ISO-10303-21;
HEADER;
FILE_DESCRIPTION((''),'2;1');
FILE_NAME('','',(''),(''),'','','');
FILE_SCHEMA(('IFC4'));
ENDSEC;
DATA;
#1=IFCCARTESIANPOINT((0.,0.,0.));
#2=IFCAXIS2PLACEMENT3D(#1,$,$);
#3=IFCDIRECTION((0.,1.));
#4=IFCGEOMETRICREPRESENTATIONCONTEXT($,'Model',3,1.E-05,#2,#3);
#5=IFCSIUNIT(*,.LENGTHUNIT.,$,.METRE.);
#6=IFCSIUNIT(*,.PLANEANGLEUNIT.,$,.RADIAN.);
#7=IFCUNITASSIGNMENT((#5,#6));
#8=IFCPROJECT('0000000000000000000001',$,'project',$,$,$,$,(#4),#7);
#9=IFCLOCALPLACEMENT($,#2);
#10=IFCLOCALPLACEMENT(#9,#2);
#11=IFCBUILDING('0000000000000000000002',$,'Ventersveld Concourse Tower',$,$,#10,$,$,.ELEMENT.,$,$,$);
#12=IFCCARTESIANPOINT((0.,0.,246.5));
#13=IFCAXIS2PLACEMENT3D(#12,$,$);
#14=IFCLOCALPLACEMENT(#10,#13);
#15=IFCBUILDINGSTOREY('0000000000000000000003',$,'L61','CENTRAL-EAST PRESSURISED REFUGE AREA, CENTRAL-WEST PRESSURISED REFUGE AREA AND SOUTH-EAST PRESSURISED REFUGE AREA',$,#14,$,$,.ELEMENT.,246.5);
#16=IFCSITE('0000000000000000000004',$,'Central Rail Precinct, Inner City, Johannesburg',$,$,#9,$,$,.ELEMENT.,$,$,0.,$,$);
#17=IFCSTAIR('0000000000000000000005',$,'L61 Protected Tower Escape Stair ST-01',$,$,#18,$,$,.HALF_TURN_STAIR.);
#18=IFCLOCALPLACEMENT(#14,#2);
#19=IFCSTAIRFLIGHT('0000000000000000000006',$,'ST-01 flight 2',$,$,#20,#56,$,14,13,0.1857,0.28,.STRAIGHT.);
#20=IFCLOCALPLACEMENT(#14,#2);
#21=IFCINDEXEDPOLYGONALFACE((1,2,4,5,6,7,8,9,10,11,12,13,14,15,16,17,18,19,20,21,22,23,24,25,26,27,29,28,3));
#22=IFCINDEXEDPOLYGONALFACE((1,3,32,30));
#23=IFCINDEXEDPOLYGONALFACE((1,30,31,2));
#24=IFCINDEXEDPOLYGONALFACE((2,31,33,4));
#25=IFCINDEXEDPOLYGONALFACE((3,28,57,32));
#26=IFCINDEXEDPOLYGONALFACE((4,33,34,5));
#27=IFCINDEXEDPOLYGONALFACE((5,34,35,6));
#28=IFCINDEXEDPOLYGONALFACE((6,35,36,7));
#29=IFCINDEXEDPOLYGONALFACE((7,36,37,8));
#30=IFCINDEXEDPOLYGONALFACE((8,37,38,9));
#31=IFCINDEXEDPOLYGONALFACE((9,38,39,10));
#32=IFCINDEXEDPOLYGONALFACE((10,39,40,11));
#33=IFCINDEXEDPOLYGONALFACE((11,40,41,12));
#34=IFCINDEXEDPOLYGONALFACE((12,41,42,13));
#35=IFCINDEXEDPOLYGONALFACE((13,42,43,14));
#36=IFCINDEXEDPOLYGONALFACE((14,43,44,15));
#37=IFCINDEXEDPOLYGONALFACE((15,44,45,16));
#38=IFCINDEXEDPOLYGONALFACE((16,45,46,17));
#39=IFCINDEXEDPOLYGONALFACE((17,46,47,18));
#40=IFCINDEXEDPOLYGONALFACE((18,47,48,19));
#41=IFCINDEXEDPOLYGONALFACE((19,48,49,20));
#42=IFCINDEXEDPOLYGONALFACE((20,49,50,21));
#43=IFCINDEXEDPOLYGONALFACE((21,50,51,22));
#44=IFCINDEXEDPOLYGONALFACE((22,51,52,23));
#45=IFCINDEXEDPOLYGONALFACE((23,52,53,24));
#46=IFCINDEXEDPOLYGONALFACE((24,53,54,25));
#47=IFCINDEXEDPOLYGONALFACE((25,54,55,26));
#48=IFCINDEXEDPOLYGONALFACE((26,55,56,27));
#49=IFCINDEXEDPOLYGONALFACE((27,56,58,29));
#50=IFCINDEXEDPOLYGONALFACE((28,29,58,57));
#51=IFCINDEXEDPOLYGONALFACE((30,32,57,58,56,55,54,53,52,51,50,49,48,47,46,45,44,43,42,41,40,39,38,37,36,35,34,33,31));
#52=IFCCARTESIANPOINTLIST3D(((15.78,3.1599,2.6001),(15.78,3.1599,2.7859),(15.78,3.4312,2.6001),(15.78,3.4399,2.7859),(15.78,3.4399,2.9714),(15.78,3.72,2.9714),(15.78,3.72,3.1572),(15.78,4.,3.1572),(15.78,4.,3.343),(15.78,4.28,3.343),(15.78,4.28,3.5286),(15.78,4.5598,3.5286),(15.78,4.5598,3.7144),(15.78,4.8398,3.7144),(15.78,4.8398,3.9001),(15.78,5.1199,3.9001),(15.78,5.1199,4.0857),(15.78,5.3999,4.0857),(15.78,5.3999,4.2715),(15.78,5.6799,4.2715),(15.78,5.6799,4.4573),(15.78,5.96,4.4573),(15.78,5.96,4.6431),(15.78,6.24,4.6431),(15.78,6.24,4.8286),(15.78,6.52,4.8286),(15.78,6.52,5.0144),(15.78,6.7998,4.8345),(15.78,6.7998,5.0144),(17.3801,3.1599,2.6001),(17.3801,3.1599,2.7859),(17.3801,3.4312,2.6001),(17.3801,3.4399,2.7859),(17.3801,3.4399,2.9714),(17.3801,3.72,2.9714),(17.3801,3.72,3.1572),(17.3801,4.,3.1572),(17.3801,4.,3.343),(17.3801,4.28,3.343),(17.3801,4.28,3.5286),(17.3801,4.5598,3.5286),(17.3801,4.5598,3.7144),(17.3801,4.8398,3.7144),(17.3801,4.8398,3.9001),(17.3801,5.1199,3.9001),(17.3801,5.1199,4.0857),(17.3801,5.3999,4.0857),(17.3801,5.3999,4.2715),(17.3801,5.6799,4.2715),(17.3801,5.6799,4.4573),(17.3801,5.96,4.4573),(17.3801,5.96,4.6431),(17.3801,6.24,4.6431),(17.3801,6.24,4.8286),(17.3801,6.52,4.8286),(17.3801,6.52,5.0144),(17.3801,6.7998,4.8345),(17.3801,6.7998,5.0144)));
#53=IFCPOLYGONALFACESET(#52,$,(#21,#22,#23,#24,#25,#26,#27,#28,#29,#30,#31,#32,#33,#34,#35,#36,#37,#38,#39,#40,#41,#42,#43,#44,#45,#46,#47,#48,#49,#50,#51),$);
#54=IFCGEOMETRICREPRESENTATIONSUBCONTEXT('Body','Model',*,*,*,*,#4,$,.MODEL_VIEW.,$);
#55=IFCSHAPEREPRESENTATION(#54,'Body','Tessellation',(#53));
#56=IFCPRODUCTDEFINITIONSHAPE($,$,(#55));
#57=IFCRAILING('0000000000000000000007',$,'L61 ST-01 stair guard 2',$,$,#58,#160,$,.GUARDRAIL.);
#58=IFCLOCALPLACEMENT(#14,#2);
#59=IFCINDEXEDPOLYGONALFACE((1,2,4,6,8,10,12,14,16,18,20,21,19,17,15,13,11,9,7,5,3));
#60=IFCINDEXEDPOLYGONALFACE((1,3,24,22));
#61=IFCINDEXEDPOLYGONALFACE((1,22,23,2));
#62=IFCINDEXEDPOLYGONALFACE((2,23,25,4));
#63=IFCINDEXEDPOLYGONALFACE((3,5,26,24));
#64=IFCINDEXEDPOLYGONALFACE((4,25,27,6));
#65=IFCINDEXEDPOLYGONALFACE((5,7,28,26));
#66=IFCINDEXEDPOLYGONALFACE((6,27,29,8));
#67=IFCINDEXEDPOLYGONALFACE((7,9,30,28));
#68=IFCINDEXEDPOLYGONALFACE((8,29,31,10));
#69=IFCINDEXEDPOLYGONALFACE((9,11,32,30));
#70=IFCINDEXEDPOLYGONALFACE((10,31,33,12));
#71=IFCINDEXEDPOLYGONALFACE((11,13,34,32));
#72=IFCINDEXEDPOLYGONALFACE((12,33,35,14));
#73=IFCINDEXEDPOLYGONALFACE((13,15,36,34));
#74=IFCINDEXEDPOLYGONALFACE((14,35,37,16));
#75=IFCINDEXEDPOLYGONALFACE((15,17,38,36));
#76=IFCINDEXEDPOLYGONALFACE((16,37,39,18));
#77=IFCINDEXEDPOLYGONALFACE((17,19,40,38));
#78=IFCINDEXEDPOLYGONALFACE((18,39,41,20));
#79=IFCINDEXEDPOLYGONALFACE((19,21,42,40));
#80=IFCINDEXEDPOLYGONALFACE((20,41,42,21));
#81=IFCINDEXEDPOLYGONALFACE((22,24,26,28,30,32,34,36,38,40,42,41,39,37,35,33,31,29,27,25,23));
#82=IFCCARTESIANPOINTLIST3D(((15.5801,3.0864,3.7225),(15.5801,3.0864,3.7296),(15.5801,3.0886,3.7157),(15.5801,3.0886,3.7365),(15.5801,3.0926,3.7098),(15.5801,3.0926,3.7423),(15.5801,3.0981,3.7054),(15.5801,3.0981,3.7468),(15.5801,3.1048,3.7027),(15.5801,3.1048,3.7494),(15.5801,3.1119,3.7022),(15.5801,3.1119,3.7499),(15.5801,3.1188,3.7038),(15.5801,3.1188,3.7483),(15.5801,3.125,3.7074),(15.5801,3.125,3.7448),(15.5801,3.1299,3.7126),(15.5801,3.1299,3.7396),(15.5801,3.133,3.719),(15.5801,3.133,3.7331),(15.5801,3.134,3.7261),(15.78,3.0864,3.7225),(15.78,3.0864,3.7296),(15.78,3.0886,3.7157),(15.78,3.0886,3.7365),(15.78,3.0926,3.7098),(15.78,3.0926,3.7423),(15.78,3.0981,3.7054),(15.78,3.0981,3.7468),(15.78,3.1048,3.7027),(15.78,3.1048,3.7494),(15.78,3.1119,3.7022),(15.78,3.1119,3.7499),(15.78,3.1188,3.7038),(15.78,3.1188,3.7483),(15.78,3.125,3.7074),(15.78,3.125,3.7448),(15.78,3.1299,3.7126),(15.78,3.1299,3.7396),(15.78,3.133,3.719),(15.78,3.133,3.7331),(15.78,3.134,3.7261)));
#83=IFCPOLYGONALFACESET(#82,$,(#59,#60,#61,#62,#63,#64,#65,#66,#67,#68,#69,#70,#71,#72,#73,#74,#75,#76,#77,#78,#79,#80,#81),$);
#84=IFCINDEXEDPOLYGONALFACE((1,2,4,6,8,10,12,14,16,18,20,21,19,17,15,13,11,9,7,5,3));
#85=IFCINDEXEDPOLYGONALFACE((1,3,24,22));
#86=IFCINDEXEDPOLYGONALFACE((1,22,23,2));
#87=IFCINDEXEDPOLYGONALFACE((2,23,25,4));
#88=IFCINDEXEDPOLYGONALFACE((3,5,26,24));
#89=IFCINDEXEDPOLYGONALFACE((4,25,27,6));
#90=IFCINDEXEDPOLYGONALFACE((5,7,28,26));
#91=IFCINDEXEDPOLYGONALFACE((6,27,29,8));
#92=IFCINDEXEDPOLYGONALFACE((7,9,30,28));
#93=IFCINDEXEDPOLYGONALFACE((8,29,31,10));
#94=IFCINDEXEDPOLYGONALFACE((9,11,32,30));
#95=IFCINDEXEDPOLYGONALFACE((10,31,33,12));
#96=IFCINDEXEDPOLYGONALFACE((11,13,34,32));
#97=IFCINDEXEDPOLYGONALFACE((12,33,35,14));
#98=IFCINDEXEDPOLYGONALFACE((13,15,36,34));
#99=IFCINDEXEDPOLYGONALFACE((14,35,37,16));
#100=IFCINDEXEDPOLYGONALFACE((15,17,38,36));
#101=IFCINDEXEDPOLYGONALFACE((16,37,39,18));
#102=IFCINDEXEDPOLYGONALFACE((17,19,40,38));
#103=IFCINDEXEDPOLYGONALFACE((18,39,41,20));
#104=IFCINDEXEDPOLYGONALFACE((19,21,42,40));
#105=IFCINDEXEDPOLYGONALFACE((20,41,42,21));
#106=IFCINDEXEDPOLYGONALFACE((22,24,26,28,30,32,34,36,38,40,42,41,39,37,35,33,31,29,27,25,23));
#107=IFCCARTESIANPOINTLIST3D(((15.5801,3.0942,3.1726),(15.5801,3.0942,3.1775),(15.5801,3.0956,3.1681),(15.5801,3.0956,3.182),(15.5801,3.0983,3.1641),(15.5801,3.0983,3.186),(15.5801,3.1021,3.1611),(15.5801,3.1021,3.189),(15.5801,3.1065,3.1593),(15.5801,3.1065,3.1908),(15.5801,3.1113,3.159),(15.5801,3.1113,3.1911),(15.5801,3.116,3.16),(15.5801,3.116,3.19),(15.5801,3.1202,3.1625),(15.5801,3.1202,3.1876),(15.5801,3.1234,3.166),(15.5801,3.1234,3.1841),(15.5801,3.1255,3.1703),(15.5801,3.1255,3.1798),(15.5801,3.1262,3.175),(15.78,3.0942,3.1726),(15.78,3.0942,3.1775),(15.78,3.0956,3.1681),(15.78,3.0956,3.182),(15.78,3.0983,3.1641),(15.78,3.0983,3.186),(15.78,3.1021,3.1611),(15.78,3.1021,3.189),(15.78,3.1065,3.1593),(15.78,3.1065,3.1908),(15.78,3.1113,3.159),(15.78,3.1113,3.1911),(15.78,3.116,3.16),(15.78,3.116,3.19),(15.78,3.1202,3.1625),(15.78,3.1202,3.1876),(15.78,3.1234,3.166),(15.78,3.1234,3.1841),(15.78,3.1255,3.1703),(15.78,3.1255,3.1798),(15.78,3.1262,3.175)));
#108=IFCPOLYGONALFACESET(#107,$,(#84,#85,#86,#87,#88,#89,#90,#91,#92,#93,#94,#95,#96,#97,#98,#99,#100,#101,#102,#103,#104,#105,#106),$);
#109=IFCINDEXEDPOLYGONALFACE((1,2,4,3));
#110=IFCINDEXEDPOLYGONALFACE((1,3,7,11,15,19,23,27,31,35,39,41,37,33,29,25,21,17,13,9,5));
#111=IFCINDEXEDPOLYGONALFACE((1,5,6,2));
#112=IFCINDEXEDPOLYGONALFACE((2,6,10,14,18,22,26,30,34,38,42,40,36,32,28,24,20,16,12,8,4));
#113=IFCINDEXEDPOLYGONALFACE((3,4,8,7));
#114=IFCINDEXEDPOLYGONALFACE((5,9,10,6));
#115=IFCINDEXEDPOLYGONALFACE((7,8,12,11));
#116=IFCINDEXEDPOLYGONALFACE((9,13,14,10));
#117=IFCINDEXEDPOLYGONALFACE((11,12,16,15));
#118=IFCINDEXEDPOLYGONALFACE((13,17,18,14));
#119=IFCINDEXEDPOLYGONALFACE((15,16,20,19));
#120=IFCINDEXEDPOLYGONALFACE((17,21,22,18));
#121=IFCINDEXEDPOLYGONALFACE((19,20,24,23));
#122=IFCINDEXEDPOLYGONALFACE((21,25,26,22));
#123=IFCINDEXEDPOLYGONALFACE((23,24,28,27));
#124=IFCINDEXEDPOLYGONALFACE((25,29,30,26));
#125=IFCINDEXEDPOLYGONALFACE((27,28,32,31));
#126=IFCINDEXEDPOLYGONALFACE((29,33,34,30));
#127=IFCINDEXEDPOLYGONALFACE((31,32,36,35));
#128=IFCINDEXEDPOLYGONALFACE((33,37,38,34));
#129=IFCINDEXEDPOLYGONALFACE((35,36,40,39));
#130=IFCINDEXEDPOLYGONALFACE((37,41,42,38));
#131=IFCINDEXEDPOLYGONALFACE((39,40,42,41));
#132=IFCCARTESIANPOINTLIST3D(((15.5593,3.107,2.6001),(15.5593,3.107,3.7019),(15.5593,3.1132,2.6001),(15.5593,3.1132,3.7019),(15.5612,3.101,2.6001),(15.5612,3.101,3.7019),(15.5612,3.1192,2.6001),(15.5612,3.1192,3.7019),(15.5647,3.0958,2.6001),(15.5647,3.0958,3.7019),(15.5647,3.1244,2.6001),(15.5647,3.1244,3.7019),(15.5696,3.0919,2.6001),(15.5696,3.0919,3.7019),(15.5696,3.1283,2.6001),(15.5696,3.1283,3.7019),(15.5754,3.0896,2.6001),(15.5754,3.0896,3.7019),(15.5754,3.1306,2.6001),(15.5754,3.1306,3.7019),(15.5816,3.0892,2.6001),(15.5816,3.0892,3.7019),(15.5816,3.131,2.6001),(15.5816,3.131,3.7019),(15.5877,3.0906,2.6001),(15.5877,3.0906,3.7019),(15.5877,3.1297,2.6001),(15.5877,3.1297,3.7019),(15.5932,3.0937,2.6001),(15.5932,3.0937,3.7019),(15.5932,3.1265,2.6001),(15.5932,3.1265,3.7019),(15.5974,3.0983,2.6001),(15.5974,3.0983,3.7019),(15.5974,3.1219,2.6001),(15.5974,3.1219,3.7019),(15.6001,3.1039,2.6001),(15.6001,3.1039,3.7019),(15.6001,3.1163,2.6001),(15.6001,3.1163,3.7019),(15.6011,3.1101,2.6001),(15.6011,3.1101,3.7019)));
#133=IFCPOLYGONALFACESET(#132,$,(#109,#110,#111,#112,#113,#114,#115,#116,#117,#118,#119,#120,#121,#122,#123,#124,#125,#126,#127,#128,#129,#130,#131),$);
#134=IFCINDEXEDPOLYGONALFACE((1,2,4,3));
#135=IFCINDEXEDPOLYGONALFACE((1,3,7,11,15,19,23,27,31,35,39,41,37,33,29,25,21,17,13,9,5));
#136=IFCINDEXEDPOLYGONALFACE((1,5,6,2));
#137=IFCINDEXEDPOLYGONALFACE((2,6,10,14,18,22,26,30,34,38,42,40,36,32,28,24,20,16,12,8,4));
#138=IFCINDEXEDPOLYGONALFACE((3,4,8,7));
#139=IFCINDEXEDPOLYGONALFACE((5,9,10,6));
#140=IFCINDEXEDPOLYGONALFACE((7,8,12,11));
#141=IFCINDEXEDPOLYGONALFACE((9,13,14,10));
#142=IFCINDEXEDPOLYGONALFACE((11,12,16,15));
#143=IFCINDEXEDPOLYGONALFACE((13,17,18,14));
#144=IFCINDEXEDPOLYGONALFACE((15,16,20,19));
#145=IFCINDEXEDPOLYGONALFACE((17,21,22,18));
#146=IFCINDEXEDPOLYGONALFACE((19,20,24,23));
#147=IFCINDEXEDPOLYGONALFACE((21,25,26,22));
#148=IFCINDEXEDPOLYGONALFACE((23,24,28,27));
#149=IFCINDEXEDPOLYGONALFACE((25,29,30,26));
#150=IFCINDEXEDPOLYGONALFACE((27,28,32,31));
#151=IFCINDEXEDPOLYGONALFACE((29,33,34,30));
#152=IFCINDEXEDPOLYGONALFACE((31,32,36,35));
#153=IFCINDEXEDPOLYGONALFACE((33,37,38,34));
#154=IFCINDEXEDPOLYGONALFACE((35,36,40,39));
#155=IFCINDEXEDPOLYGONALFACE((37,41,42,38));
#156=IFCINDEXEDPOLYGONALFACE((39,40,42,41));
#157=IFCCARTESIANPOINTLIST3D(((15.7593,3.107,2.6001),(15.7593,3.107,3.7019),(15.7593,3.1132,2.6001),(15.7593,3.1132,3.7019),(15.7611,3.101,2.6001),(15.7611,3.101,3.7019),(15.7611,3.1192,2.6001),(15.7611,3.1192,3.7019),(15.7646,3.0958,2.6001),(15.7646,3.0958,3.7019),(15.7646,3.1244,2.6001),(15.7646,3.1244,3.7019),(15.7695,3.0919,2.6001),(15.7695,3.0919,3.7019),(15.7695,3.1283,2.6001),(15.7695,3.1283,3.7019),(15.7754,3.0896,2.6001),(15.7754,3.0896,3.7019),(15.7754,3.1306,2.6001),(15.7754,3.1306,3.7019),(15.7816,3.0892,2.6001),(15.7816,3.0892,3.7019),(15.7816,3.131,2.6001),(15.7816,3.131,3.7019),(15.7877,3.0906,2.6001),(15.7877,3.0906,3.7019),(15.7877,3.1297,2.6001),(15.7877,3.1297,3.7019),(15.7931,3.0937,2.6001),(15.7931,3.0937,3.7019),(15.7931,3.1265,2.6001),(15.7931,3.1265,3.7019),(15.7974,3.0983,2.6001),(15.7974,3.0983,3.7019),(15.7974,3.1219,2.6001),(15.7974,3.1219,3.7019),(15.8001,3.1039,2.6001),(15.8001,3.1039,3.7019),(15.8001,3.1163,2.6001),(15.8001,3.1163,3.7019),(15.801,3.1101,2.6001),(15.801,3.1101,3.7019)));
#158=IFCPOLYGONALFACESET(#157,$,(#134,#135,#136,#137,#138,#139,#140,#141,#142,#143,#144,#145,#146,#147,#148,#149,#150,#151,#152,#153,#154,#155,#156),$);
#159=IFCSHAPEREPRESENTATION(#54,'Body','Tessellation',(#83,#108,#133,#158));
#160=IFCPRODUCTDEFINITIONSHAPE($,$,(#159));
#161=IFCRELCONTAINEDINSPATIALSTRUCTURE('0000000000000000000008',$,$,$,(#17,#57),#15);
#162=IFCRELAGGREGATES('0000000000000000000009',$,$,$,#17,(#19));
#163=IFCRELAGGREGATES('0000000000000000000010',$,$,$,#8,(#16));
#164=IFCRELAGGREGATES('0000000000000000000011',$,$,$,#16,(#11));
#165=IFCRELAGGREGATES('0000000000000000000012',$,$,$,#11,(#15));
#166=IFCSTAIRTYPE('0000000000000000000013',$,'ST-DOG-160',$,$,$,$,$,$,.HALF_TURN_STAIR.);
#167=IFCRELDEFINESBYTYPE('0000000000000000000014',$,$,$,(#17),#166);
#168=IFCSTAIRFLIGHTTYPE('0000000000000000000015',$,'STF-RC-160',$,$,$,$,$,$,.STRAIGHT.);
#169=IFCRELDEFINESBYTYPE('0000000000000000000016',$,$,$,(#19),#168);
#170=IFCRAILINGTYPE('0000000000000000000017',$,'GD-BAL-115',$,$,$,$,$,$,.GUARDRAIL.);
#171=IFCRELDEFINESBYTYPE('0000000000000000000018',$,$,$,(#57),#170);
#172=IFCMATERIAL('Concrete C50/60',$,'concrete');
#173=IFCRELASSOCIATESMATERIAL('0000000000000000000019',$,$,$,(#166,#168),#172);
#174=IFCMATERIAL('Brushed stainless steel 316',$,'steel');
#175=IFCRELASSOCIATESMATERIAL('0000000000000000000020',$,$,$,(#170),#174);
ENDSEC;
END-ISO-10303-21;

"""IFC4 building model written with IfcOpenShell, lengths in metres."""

from ifc_helpers import new_model, si_unit, direction, frame, origin, origin_2d, place, context, subcontext, project, spatial, polyline, circle, outline, extrude, material, type_object, element, aggregate, save


model = new_model("IFC4")

# Units and contexts
model_context = context("Model", 3, precision=1e-05, world=origin(), true_north=direction((0.0, 1.0)))
body_context = subcontext(model_context, "Body", "Model", "MODEL_VIEW")
ifc_project = project(units=[si_unit("LENGTHUNIT", "METRE"), si_unit("PLANEANGLEUNIT", "RADIAN")], contexts=[model_context])

# Site, building, storey
site_placement = place(None, origin())
site = spatial("IfcSite", under=ifc_project, at=site_placement, Name="Central Rail Precinct, Inner City, Johannesburg", CompositionType="ELEMENT", RefElevation=0.0)
building_placement = place(site_placement, origin())
building = spatial("IfcBuilding", under=site, at=building_placement, Name="Ventersveld Concourse Tower", CompositionType="ELEMENT")
storey_placement = place(building_placement, frame((0.0, 0.0, 246.5)))
storey = spatial("IfcBuildingStorey", under=building, at=storey_placement, Name="L61", Description="CENTRAL-EAST PRESSURISED REFUGE AREA, CENTRAL-WEST PRESSURISED REFUGE AREA AND SOUTH-EAST PRESSURISED REFUGE AREA", CompositionType="ELEMENT", Elevation=246.5)

# Shared definitions
ifc_material_1 = material(Name="Concrete C50/60", Category="concrete")

# Shared definitions
ifc_material_2 = material(Name="Brushed stainless steel 316", Category="steel")

# Stair, stair flight
stair_type = type_object("IfcStairType", Name="ST-DOG-160", PredefinedType="HALF_TURN_STAIR", material=ifc_material_1)
stair_placement = place(storey_placement, origin())
stair = element("IfcStair", 1, at=stair_placement, inside=storey, type_object=stair_type, Name="L61 Protected Tower Escape Stair ST-01", PredefinedType="HALF_TURN_STAIR")
stair_flight_type = type_object("IfcStairFlightType", Name="STF-RC-160", PredefinedType="STRAIGHT", material=ifc_material_1)
stair_flight_1_placement = place(storey_placement, frame((16.5801, 3.1599, 2.6001), z_axis=(0.0, 0.0, 1.0), x_axis=(0.0, 1.0, 0.0)))
stair_flight_1 = element("IfcStairFlight", 2, at=stair_flight_1_placement, type_object=stair_flight_type, Name="ST-01 flight 2", NumberOfRisers=14, NumberOfTreads=13, PredefinedType="STRAIGHT", RiserHeight=0.1857, TreadLength=0.28, context=body_context, shape_type="SweptSolid", body=[
    extrude(outline(polyline([(0.0, 0.0), (0.0, 0.1858), (0.28, 0.1858), (0.28, 0.3713), (0.5601, 0.3713), (0.5601, 0.5571), (0.8401, 0.5571), (0.8401, 0.7429), (1.1201, 0.7429), (1.1201, 0.9285), (1.3999, 0.9285), (1.3999, 1.1143), (1.6799, 1.1143), (1.6799, 1.3), (1.96, 1.3), (1.96, 1.4856), (2.24, 1.4856), (2.24, 1.6714), (2.52, 1.6714), (2.52, 1.8572), (2.8, 1.8572), (2.8, 2.043), (3.0801, 2.043), (3.0801, 2.2285), (3.3601, 2.2285), (3.3601, 2.4143), (3.6399, 2.4143), (3.6399, 2.6001), (3.6399, 2.2344), (0.2712, 0.0), (0.0, 0.0)])), frame((0.0, 0.8, 0.0), z_axis=(0.0, -1.0, 0.0), x_axis=(1.0, 0.0, 0.0)), (0.0, 0.0, 1.0), 1.6001),
])
aggregate(stair, [stair_flight_1])

# Railing
railing_type_1 = type_object("IfcRailingType", Name="GD-BAL-115", PredefinedType="GUARDRAIL", material=ifc_material_2)
railing_1_placement = place(storey_placement, frame((15.5801, 3.1101, 2.6001)))
element("IfcRailing", 3, at=railing_1_placement, inside=storey, type_object=railing_type_1, Name="L61 ST-01 stair guard 2", PredefinedType="GUARDRAIL", context=body_context, shape_type="SweptSolid", body=[
    extrude(circle(Radius=0.0239, at=origin_2d()), frame((0.0, 0.0, 1.126), z_axis=(1.0, 0.0, 0.0), x_axis=(0.0, 1.0, 0.0)), (0.0, 0.0, 1.0), 0.2),
    extrude(circle(Radius=0.0161, at=origin_2d()), frame((0.0, 0.0, 0.575), z_axis=(1.0, 0.0, 0.0), x_axis=(0.0, 1.0, 0.0)), (0.0, 0.0, 1.0), 0.2),
    extrude(circle(Radius=0.021, at=origin_2d()), origin(), (0.0, 0.0, 1.0), 1.1018),
    extrude(circle(Radius=0.021, at=origin_2d()), frame((0.2, 0.0, 0.0)), (0.0, 0.0, 1.0), 1.1018),
])

save(model, "model.ifc")
